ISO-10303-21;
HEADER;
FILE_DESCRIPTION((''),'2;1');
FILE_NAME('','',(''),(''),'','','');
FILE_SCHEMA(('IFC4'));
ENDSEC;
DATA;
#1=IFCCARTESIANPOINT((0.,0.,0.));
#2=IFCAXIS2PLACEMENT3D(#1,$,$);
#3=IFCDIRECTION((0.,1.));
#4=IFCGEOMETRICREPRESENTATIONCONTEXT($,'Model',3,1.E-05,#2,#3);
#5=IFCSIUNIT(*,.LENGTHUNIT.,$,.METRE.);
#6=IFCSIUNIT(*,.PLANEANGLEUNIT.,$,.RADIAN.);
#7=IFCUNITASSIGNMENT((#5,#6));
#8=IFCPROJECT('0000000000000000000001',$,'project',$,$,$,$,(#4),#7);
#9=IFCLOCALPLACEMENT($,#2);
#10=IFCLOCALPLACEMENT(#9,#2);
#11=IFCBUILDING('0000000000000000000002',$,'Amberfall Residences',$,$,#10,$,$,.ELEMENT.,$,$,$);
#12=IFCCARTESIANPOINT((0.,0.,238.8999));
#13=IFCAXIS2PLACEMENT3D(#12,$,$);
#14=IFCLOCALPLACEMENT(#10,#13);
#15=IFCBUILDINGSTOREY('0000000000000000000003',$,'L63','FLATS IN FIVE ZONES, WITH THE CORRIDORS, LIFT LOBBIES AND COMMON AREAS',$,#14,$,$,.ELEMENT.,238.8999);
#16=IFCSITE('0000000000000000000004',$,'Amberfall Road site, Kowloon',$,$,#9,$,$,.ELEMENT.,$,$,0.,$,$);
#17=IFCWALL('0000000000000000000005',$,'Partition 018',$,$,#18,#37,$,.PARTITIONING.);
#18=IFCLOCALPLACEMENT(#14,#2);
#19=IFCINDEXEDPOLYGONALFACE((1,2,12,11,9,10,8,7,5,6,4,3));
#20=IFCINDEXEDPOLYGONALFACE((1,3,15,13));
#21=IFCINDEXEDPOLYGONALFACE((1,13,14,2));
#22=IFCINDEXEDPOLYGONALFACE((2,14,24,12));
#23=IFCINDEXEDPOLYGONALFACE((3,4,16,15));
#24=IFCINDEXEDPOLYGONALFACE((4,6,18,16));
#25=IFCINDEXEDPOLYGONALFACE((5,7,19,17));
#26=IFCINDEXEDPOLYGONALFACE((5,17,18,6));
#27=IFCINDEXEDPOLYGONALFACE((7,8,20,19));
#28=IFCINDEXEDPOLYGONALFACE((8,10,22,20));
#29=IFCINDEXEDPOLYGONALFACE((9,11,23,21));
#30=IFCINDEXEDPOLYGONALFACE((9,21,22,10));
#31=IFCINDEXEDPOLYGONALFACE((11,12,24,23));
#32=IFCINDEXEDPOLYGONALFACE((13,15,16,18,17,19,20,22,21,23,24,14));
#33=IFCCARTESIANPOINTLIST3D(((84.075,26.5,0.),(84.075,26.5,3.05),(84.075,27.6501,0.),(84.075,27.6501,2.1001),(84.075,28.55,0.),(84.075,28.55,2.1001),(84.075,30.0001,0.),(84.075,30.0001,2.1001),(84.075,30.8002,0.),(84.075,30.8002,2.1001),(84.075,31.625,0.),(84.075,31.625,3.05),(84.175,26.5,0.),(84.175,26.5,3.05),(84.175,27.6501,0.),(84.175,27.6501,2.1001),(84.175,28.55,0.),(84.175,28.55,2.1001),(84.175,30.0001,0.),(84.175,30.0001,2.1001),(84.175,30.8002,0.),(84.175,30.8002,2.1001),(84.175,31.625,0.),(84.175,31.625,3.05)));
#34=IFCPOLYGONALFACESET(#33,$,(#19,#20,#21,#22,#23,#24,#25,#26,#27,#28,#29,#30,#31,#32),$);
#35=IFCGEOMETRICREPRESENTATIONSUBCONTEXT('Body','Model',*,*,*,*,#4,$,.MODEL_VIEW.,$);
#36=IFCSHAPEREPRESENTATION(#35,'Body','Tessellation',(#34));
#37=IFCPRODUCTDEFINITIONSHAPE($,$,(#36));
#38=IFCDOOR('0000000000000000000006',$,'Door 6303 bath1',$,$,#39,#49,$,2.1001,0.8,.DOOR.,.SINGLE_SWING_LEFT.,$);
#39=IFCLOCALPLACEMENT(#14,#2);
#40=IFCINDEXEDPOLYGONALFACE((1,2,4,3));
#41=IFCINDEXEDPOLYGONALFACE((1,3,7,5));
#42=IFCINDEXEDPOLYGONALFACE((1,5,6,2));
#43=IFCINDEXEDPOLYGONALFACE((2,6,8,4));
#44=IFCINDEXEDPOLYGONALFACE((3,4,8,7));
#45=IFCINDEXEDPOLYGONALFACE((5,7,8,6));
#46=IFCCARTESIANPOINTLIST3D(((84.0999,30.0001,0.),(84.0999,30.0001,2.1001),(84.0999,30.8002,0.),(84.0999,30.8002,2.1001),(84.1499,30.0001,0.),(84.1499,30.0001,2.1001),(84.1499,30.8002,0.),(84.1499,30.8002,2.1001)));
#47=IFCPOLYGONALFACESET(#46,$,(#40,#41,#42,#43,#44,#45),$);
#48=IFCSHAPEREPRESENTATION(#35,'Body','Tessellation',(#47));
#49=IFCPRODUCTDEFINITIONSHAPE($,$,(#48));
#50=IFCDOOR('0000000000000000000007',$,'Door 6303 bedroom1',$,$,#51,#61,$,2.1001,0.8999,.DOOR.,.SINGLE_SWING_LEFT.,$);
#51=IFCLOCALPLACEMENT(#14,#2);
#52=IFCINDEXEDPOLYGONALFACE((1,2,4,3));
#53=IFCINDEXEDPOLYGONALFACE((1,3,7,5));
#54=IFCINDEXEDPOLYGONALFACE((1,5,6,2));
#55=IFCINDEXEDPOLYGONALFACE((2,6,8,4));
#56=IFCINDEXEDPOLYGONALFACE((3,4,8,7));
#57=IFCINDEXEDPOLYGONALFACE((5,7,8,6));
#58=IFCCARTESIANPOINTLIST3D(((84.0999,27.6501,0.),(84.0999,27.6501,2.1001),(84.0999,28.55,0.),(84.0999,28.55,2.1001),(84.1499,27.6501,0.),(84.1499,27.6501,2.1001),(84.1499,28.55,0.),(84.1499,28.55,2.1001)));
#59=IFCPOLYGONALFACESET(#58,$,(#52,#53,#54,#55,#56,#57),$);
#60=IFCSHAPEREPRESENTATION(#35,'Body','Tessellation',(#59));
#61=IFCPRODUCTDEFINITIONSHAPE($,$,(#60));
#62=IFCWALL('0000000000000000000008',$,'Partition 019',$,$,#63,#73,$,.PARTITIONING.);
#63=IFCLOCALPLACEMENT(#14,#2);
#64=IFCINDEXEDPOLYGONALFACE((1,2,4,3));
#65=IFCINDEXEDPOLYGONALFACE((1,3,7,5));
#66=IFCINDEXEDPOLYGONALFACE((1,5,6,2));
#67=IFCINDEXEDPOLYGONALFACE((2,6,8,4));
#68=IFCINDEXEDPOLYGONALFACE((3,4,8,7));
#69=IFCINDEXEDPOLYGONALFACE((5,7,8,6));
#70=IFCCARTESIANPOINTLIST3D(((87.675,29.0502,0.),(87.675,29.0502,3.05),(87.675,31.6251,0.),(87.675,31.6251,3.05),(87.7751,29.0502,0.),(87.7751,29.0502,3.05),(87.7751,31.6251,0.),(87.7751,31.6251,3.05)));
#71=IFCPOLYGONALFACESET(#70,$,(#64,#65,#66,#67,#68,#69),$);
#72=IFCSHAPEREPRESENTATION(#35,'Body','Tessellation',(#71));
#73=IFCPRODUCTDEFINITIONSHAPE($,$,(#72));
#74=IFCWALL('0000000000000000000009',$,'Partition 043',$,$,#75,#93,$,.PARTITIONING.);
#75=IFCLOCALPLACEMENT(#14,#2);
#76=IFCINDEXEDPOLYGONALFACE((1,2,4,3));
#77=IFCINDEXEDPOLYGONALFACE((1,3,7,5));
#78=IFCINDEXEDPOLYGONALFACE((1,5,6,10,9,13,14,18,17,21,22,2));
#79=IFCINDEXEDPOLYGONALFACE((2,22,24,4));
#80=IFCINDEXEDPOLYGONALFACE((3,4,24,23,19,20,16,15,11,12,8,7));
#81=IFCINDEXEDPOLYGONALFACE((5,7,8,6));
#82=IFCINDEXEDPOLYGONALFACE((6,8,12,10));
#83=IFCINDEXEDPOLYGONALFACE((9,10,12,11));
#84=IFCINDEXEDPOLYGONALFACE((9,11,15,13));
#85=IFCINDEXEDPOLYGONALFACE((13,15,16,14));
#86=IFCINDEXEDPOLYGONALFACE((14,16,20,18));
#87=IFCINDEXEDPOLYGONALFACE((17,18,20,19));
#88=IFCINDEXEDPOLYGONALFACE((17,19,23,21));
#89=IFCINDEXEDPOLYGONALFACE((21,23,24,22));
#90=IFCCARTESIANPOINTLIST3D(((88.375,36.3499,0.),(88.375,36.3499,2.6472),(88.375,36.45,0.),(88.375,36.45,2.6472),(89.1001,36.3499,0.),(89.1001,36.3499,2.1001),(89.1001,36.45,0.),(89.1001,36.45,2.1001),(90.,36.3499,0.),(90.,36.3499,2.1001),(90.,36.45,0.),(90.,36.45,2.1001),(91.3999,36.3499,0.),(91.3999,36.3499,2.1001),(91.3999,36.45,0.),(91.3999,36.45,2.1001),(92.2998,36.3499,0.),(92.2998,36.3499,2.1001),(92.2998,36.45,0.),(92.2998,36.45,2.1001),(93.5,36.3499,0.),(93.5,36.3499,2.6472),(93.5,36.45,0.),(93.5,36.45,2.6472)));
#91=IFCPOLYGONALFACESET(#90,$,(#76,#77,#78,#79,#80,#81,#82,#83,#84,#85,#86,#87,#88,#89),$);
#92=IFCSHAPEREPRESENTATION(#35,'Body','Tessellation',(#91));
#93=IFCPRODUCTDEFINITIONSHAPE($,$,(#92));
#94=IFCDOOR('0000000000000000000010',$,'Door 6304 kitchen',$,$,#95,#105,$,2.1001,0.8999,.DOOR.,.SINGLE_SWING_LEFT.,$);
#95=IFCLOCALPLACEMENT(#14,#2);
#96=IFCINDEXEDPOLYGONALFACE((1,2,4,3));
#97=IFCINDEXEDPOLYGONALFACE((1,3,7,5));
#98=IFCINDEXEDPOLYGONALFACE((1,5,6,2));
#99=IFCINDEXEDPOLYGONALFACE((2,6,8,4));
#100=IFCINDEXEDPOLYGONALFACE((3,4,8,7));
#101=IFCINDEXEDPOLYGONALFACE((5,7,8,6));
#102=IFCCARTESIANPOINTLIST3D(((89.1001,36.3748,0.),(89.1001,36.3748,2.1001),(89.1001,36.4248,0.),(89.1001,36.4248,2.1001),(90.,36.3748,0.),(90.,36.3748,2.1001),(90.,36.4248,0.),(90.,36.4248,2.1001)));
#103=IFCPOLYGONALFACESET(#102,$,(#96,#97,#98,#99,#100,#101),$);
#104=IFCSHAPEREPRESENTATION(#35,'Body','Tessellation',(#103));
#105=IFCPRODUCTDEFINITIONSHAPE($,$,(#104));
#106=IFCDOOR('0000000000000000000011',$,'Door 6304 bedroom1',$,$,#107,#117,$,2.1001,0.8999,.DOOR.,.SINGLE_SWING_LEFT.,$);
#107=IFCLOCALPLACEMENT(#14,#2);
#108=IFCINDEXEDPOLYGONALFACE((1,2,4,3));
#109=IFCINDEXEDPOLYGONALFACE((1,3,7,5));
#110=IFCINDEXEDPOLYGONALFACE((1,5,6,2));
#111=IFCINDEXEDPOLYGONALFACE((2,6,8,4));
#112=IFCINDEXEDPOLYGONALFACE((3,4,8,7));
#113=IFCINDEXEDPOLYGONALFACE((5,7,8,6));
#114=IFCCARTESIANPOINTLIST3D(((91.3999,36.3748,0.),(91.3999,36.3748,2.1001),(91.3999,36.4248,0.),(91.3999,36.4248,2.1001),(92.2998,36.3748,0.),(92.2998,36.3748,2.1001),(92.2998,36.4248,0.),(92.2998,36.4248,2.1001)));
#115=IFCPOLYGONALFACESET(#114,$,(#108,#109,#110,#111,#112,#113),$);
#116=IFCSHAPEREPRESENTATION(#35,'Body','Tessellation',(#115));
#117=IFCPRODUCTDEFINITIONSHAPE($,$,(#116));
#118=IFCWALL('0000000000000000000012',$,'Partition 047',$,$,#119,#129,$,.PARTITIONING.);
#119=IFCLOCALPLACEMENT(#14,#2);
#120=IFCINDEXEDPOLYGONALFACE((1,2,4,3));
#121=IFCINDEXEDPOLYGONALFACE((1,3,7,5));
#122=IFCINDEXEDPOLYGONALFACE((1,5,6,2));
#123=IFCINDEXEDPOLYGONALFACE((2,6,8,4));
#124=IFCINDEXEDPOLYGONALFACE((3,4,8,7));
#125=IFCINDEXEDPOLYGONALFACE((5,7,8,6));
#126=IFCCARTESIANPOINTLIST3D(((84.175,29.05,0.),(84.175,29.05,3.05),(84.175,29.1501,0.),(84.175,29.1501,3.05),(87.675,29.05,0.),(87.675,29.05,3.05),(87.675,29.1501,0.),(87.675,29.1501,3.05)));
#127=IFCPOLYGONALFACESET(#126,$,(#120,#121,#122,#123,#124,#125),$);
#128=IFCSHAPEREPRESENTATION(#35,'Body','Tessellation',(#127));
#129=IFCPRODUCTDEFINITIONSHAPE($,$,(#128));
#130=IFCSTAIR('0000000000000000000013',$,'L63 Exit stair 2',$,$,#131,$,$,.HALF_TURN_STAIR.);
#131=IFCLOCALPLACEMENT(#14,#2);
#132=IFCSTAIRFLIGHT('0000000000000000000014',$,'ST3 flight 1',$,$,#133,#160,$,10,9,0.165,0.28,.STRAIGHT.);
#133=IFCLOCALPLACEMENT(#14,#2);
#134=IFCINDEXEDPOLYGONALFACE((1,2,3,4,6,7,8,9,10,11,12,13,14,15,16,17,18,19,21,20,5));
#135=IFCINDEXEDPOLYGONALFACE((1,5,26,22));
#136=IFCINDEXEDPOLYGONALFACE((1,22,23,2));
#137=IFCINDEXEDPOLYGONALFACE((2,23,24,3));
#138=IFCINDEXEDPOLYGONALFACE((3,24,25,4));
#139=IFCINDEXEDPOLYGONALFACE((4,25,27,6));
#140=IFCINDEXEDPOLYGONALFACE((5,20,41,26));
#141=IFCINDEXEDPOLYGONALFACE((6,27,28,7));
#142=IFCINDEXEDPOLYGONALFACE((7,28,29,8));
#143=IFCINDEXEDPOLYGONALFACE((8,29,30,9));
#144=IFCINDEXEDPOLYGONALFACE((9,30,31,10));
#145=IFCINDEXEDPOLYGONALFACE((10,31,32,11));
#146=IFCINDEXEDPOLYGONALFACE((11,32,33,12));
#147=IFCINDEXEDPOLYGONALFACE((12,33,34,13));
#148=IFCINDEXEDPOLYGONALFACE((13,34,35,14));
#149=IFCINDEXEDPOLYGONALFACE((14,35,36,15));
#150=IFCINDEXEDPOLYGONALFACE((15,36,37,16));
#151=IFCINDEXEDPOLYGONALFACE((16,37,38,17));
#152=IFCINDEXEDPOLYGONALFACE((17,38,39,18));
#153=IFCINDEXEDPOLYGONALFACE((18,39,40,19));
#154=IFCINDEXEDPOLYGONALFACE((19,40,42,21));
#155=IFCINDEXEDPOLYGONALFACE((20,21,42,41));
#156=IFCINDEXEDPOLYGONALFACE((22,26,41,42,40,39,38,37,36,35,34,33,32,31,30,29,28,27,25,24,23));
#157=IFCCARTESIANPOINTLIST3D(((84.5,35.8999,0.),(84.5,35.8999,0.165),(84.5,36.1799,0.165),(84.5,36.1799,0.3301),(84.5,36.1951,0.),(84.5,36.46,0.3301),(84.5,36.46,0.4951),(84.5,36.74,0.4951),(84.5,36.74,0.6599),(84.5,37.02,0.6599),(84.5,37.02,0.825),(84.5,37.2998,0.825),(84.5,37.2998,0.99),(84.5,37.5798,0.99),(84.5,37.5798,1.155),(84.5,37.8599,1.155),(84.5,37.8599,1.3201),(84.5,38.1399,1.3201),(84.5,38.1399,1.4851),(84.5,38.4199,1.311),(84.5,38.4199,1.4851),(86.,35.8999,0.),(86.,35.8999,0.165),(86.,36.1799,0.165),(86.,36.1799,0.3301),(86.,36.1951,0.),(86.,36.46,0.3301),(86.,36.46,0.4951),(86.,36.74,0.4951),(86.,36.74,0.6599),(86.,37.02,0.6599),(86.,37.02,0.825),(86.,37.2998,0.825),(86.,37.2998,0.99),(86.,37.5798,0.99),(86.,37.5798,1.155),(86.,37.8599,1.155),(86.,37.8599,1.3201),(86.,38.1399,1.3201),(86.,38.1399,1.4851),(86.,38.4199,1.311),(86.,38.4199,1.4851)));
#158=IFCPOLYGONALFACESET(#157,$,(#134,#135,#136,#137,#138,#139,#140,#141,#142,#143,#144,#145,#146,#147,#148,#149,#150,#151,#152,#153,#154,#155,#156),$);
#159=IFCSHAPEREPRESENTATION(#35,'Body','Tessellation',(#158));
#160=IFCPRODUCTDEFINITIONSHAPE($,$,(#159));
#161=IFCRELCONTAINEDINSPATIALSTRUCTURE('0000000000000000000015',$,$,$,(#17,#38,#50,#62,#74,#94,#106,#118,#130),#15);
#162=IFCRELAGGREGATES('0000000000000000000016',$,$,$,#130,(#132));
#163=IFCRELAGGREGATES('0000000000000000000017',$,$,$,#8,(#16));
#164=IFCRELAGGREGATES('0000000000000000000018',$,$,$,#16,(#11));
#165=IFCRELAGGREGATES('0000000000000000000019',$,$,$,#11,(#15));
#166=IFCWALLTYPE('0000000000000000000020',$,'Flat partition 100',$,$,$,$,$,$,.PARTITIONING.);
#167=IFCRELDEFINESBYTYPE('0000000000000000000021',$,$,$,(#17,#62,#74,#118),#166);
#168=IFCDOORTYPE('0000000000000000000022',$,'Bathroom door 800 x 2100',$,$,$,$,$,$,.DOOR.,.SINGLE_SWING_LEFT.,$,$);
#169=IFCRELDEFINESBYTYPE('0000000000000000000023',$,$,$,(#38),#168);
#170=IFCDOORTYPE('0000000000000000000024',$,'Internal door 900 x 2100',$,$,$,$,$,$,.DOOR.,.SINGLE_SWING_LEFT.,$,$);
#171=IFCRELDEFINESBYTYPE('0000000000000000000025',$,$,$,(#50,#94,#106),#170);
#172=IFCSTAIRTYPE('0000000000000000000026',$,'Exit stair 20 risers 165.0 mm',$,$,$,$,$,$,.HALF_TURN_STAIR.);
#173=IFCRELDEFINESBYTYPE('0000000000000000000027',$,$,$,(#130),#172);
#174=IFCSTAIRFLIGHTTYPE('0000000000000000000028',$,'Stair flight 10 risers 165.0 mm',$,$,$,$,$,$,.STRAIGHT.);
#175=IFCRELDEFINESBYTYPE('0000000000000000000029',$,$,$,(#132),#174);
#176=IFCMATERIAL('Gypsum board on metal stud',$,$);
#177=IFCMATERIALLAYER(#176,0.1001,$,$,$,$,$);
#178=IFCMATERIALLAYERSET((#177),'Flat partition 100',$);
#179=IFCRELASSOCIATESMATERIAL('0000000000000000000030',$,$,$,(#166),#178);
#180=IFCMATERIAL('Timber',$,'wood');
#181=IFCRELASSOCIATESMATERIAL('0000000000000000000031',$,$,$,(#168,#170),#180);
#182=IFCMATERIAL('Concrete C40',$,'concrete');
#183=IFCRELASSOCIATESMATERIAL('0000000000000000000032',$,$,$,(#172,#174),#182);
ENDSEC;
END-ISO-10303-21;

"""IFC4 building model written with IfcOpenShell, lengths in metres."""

from ifc_helpers import new_model, si_unit, direction, frame, frame_2d, origin, place, context, subcontext, project, spatial, polyline, rectangle, outline, extrude, material, layer, layer_set, type_object, element, fill, aggregate, save


model = new_model("IFC4")

# Units and contexts
model_context = context("Model", 3, precision=1e-05, world=origin(), true_north=direction((0.0, 1.0)))
body_context = subcontext(model_context, "Body", "Model", "MODEL_VIEW")
ifc_project = project(units=[si_unit("LENGTHUNIT", "METRE"), si_unit("PLANEANGLEUNIT", "RADIAN")], contexts=[model_context])

# Site, building, storey
site_placement = place(None, origin())
site = spatial("IfcSite", under=ifc_project, at=site_placement, Name="Amberfall Road site, Kowloon", CompositionType="ELEMENT", RefElevation=0.0)
building_placement = place(site_placement, origin())
building = spatial("IfcBuilding", under=site, at=building_placement, Name="Amberfall Residences", CompositionType="ELEMENT")
storey_placement = place(building_placement, frame((0.0, 0.0, 238.8999)))
storey = spatial("IfcBuildingStorey", under=building, at=storey_placement, Name="L63", Description="FLATS IN FIVE ZONES, WITH THE CORRIDORS, LIFT LOBBIES AND COMMON AREAS", CompositionType="ELEMENT", Elevation=238.8999)

# Wall, openings, doors
ifc_material_1 = material(Name="Gypsum board on metal stud")
ifc_layer_1 = layer(ifc_material_1, 0.1001)
ifc_layer_set_1 = layer_set([ifc_layer_1], Name="Flat partition 100")
wall_type_1 = type_object("IfcWallType", Name="Flat partition 100", PredefinedType="PARTITIONING", material=ifc_layer_set_1)
wall_1_placement = place(storey_placement, frame((84.125, 31.625, 0.0), z_axis=(0.0, 0.0, 1.0), x_axis=(0.0, -1.0, 0.0)))
wall_1 = element("IfcWall", 1, at=wall_1_placement, inside=storey, type_object=wall_type_1, Name="Partition 018", PredefinedType="PARTITIONING", context=body_context, shape_type="SweptSolid", body=[
    extrude(rectangle(XDim=5.125, YDim=0.1001, at=frame_2d((2.5625, 0.0))), origin(), (0.0, 0.0, 1.0), 3.05),
])
opening_1_placement = place(wall_1_placement, frame((3.075, 0.0, 0.0)))
opening_1 = element("IfcOpeningElement", 2, at=opening_1_placement, cuts=wall_1, PredefinedType="OPENING", context=body_context, shape_type="SweptSolid", body=[
    extrude(rectangle(XDim=0.8999, YDim=2.1001, at=frame_2d((0.45, 1.05))), frame((0.0, 0.0601, 0.0), z_axis=(0.0, -1.0, 0.0), x_axis=(1.0, 0.0, 0.0)), (0.0, 0.0, 1.0), 0.1201),
])
opening_2_placement = place(wall_1_placement, frame((0.825, 0.0, 0.0)))
opening_2 = element("IfcOpeningElement", 3, at=opening_2_placement, cuts=wall_1, PredefinedType="OPENING", context=body_context, shape_type="SweptSolid", body=[
    extrude(rectangle(XDim=0.8, YDim=2.1001, at=frame_2d((0.3999, 1.05))), frame((0.0, 0.0601, 0.0), z_axis=(0.0, -1.0, 0.0), x_axis=(1.0, 0.0, 0.0)), (0.0, 0.0, 1.0), 0.1201),
])
ifc_material_2 = material(Name="Timber", Category="wood")
door_type_1 = type_object("IfcDoorType", Name="Bathroom door 800 x 2100", OperationType="SINGLE_SWING_LEFT", PredefinedType="DOOR", material=ifc_material_2)
door_1_placement = place(opening_2_placement, origin())
door_1 = element("IfcDoor", 4, at=door_1_placement, inside=storey, type_object=door_type_1, Name="Door 6303 bath1", OperationType="SINGLE_SWING_LEFT", OverallHeight=2.1001, OverallWidth=0.8, PredefinedType="DOOR", context=body_context, shape_type="SweptSolid", body=[
    extrude(rectangle(XDim=0.8, YDim=2.1001, at=frame_2d((0.3999, 1.05))), frame((0.0, 0.0249, 0.0), z_axis=(0.0, -1.0, 0.0), x_axis=(1.0, 0.0, 0.0)), (0.0, 0.0, 1.0), 0.05),
])
fill(opening_2, door_1)
door_type_2 = type_object("IfcDoorType", Name="Internal door 900 x 2100", OperationType="SINGLE_SWING_LEFT", PredefinedType="DOOR", material=ifc_material_2)
door_2_placement = place(opening_1_placement, origin())
door_2 = element("IfcDoor", 5, at=door_2_placement, inside=storey, type_object=door_type_2, Name="Door 6303 bedroom1", OperationType="SINGLE_SWING_LEFT", OverallHeight=2.1001, OverallWidth=0.8999, PredefinedType="DOOR", context=body_context, shape_type="SweptSolid", body=[
    extrude(rectangle(XDim=0.8999, YDim=2.1001, at=frame_2d((0.45, 1.05))), frame((0.0, 0.0249, 0.0), z_axis=(0.0, -1.0, 0.0), x_axis=(1.0, 0.0, 0.0)), (0.0, 0.0, 1.0), 0.05),
])
fill(opening_1, door_2)

# Wall
wall_2_placement = place(storey_placement, frame((87.7251, 29.05, 0.0), z_axis=(0.0, 0.0, 1.0), x_axis=(0.0, 1.0, 0.0)))
element("IfcWall", 6, at=wall_2_placement, inside=storey, type_object=wall_type_1, Name="Partition 019", PredefinedType="PARTITIONING", context=body_context, shape_type="SweptSolid", body=[
    extrude(rectangle(XDim=2.575, YDim=0.1001, at=frame_2d((1.2876, 0.0))), origin(), (0.0, 0.0, 1.0), 3.05),
])

# Wall, openings, doors
wall_3_placement = place(storey_placement, frame((88.375, 36.3999, 0.0), z_axis=(0.0, 0.0, 1.0), x_axis=(1.0, 0.0, 0.0)))
wall_3 = element("IfcWall", 7, at=wall_3_placement, inside=storey, type_object=wall_type_1, Name="Partition 043", PredefinedType="PARTITIONING", context=body_context, shape_type="SweptSolid", body=[
    extrude(rectangle(XDim=5.125, YDim=0.1001, at=frame_2d((2.5625, 0.0))), origin(), (0.0, 0.0, 1.0), 2.6472),
])
opening_3_placement = place(wall_3_placement, frame((0.7251, 0.0, 0.0)))
opening_3 = element("IfcOpeningElement", 8, at=opening_3_placement, cuts=wall_3, PredefinedType="OPENING", context=body_context, shape_type="SweptSolid", body=[
    extrude(rectangle(XDim=0.8999, YDim=2.1001, at=frame_2d((0.45, 1.05))), frame((0.0, 0.0601, 0.0), z_axis=(0.0, -1.0, 0.0), x_axis=(1.0, 0.0, 0.0)), (0.0, 0.0, 1.0), 0.1201),
])
opening_4_placement = place(wall_3_placement, frame((3.0249, 0.0, 0.0)))
opening_4 = element("IfcOpeningElement", 9, at=opening_4_placement, cuts=wall_3, PredefinedType="OPENING", context=body_context, shape_type="SweptSolid", body=[
    extrude(rectangle(XDim=0.8999, YDim=2.1001, at=frame_2d((0.45, 1.05))), frame((0.0, 0.0601, 0.0), z_axis=(0.0, -1.0, 0.0), x_axis=(1.0, 0.0, 0.0)), (0.0, 0.0, 1.0), 0.1201),
])
door_3_placement = place(opening_3_placement, origin())
door_3 = element("IfcDoor", 10, at=door_3_placement, inside=storey, type_object=door_type_2, Name="Door 6304 kitchen", OperationType="SINGLE_SWING_LEFT", OverallHeight=2.1001, OverallWidth=0.8999, PredefinedType="DOOR", context=body_context, shape_type="SweptSolid", body=[
    extrude(rectangle(XDim=0.8999, YDim=2.1001, at=frame_2d((0.45, 1.05))), frame((0.0, 0.0249, 0.0), z_axis=(0.0, -1.0, 0.0), x_axis=(1.0, 0.0, 0.0)), (0.0, 0.0, 1.0), 0.05),
])
fill(opening_3, door_3)
door_4_placement = place(opening_4_placement, origin())
door_4 = element("IfcDoor", 11, at=door_4_placement, inside=storey, type_object=door_type_2, Name="Door 6304 bedroom1", OperationType="SINGLE_SWING_LEFT", OverallHeight=2.1001, OverallWidth=0.8999, PredefinedType="DOOR", context=body_context, shape_type="SweptSolid", body=[
    extrude(rectangle(XDim=0.8999, YDim=2.1001, at=frame_2d((0.45, 1.05))), frame((0.0, 0.0249, 0.0), z_axis=(0.0, -1.0, 0.0), x_axis=(1.0, 0.0, 0.0)), (0.0, 0.0, 1.0), 0.05),
])
fill(opening_4, door_4)

# Wall
wall_4_placement = place(storey_placement, frame((84.175, 29.1001, 0.0), z_axis=(0.0, 0.0, 1.0), x_axis=(1.0, 0.0, 0.0)))
element("IfcWall", 12, at=wall_4_placement, inside=storey, type_object=wall_type_1, Name="Partition 047", PredefinedType="PARTITIONING", context=body_context, shape_type="SweptSolid", body=[
    extrude(rectangle(XDim=3.5, YDim=0.1001, at=frame_2d((1.75, 0.0))), origin(), (0.0, 0.0, 1.0), 3.05),
])

# Stair, stair flight
ifc_material_3 = material(Name="Concrete C40", Category="concrete")
stair_type = type_object("IfcStairType", Name="Exit stair 20 risers 165.0 mm", PredefinedType="HALF_TURN_STAIR", material=ifc_material_3)
stair_placement = place(storey_placement, origin())
stair = element("IfcStair", 13, at=stair_placement, inside=storey, type_object=stair_type, Name="L63 Exit stair 2", PredefinedType="HALF_TURN_STAIR")
stair_flight_type = type_object("IfcStairFlightType", Name="Stair flight 10 risers 165.0 mm", PredefinedType="STRAIGHT", material=ifc_material_3)
stair_flight_1_placement = place(storey_placement, frame((85.25, 35.8999, 0.0), z_axis=(0.0, 0.0, 1.0), x_axis=(0.0, 1.0, 0.0)))
stair_flight_1 = element("IfcStairFlight", 14, at=stair_flight_1_placement, type_object=stair_flight_type, Name="ST3 flight 1", NumberOfRisers=10, NumberOfTreads=9, PredefinedType="STRAIGHT", RiserHeight=0.165, TreadLength=0.28, context=body_context, shape_type="SweptSolid", body=[
    extrude(outline(polyline([(0.0, 0.0), (0.0, 0.165), (0.28, 0.165), (0.28, 0.3301), (0.5601, 0.3301), (0.5601, 0.4951), (0.8401, 0.4951), (0.8401, 0.6599), (1.1201, 0.6599), (1.1201, 0.825), (1.3999, 0.825), (1.3999, 0.99), (1.6799, 0.99), (1.6799, 1.155), (1.96, 1.155), (1.96, 1.3201), (2.24, 1.3201), (2.24, 1.4851), (2.52, 1.4851), (2.52, 1.6499), (2.52, 1.311), (0.2952, 0.0), (0.0, 0.0)])), frame((0.0, 0.75, 0.0), z_axis=(0.0, -1.0, 0.0), x_axis=(1.0, 0.0, 0.0)), (0.0, 0.0, 1.0), 1.5),
])
aggregate(stair, [stair_flight_1])

save(model, "model.ifc")
